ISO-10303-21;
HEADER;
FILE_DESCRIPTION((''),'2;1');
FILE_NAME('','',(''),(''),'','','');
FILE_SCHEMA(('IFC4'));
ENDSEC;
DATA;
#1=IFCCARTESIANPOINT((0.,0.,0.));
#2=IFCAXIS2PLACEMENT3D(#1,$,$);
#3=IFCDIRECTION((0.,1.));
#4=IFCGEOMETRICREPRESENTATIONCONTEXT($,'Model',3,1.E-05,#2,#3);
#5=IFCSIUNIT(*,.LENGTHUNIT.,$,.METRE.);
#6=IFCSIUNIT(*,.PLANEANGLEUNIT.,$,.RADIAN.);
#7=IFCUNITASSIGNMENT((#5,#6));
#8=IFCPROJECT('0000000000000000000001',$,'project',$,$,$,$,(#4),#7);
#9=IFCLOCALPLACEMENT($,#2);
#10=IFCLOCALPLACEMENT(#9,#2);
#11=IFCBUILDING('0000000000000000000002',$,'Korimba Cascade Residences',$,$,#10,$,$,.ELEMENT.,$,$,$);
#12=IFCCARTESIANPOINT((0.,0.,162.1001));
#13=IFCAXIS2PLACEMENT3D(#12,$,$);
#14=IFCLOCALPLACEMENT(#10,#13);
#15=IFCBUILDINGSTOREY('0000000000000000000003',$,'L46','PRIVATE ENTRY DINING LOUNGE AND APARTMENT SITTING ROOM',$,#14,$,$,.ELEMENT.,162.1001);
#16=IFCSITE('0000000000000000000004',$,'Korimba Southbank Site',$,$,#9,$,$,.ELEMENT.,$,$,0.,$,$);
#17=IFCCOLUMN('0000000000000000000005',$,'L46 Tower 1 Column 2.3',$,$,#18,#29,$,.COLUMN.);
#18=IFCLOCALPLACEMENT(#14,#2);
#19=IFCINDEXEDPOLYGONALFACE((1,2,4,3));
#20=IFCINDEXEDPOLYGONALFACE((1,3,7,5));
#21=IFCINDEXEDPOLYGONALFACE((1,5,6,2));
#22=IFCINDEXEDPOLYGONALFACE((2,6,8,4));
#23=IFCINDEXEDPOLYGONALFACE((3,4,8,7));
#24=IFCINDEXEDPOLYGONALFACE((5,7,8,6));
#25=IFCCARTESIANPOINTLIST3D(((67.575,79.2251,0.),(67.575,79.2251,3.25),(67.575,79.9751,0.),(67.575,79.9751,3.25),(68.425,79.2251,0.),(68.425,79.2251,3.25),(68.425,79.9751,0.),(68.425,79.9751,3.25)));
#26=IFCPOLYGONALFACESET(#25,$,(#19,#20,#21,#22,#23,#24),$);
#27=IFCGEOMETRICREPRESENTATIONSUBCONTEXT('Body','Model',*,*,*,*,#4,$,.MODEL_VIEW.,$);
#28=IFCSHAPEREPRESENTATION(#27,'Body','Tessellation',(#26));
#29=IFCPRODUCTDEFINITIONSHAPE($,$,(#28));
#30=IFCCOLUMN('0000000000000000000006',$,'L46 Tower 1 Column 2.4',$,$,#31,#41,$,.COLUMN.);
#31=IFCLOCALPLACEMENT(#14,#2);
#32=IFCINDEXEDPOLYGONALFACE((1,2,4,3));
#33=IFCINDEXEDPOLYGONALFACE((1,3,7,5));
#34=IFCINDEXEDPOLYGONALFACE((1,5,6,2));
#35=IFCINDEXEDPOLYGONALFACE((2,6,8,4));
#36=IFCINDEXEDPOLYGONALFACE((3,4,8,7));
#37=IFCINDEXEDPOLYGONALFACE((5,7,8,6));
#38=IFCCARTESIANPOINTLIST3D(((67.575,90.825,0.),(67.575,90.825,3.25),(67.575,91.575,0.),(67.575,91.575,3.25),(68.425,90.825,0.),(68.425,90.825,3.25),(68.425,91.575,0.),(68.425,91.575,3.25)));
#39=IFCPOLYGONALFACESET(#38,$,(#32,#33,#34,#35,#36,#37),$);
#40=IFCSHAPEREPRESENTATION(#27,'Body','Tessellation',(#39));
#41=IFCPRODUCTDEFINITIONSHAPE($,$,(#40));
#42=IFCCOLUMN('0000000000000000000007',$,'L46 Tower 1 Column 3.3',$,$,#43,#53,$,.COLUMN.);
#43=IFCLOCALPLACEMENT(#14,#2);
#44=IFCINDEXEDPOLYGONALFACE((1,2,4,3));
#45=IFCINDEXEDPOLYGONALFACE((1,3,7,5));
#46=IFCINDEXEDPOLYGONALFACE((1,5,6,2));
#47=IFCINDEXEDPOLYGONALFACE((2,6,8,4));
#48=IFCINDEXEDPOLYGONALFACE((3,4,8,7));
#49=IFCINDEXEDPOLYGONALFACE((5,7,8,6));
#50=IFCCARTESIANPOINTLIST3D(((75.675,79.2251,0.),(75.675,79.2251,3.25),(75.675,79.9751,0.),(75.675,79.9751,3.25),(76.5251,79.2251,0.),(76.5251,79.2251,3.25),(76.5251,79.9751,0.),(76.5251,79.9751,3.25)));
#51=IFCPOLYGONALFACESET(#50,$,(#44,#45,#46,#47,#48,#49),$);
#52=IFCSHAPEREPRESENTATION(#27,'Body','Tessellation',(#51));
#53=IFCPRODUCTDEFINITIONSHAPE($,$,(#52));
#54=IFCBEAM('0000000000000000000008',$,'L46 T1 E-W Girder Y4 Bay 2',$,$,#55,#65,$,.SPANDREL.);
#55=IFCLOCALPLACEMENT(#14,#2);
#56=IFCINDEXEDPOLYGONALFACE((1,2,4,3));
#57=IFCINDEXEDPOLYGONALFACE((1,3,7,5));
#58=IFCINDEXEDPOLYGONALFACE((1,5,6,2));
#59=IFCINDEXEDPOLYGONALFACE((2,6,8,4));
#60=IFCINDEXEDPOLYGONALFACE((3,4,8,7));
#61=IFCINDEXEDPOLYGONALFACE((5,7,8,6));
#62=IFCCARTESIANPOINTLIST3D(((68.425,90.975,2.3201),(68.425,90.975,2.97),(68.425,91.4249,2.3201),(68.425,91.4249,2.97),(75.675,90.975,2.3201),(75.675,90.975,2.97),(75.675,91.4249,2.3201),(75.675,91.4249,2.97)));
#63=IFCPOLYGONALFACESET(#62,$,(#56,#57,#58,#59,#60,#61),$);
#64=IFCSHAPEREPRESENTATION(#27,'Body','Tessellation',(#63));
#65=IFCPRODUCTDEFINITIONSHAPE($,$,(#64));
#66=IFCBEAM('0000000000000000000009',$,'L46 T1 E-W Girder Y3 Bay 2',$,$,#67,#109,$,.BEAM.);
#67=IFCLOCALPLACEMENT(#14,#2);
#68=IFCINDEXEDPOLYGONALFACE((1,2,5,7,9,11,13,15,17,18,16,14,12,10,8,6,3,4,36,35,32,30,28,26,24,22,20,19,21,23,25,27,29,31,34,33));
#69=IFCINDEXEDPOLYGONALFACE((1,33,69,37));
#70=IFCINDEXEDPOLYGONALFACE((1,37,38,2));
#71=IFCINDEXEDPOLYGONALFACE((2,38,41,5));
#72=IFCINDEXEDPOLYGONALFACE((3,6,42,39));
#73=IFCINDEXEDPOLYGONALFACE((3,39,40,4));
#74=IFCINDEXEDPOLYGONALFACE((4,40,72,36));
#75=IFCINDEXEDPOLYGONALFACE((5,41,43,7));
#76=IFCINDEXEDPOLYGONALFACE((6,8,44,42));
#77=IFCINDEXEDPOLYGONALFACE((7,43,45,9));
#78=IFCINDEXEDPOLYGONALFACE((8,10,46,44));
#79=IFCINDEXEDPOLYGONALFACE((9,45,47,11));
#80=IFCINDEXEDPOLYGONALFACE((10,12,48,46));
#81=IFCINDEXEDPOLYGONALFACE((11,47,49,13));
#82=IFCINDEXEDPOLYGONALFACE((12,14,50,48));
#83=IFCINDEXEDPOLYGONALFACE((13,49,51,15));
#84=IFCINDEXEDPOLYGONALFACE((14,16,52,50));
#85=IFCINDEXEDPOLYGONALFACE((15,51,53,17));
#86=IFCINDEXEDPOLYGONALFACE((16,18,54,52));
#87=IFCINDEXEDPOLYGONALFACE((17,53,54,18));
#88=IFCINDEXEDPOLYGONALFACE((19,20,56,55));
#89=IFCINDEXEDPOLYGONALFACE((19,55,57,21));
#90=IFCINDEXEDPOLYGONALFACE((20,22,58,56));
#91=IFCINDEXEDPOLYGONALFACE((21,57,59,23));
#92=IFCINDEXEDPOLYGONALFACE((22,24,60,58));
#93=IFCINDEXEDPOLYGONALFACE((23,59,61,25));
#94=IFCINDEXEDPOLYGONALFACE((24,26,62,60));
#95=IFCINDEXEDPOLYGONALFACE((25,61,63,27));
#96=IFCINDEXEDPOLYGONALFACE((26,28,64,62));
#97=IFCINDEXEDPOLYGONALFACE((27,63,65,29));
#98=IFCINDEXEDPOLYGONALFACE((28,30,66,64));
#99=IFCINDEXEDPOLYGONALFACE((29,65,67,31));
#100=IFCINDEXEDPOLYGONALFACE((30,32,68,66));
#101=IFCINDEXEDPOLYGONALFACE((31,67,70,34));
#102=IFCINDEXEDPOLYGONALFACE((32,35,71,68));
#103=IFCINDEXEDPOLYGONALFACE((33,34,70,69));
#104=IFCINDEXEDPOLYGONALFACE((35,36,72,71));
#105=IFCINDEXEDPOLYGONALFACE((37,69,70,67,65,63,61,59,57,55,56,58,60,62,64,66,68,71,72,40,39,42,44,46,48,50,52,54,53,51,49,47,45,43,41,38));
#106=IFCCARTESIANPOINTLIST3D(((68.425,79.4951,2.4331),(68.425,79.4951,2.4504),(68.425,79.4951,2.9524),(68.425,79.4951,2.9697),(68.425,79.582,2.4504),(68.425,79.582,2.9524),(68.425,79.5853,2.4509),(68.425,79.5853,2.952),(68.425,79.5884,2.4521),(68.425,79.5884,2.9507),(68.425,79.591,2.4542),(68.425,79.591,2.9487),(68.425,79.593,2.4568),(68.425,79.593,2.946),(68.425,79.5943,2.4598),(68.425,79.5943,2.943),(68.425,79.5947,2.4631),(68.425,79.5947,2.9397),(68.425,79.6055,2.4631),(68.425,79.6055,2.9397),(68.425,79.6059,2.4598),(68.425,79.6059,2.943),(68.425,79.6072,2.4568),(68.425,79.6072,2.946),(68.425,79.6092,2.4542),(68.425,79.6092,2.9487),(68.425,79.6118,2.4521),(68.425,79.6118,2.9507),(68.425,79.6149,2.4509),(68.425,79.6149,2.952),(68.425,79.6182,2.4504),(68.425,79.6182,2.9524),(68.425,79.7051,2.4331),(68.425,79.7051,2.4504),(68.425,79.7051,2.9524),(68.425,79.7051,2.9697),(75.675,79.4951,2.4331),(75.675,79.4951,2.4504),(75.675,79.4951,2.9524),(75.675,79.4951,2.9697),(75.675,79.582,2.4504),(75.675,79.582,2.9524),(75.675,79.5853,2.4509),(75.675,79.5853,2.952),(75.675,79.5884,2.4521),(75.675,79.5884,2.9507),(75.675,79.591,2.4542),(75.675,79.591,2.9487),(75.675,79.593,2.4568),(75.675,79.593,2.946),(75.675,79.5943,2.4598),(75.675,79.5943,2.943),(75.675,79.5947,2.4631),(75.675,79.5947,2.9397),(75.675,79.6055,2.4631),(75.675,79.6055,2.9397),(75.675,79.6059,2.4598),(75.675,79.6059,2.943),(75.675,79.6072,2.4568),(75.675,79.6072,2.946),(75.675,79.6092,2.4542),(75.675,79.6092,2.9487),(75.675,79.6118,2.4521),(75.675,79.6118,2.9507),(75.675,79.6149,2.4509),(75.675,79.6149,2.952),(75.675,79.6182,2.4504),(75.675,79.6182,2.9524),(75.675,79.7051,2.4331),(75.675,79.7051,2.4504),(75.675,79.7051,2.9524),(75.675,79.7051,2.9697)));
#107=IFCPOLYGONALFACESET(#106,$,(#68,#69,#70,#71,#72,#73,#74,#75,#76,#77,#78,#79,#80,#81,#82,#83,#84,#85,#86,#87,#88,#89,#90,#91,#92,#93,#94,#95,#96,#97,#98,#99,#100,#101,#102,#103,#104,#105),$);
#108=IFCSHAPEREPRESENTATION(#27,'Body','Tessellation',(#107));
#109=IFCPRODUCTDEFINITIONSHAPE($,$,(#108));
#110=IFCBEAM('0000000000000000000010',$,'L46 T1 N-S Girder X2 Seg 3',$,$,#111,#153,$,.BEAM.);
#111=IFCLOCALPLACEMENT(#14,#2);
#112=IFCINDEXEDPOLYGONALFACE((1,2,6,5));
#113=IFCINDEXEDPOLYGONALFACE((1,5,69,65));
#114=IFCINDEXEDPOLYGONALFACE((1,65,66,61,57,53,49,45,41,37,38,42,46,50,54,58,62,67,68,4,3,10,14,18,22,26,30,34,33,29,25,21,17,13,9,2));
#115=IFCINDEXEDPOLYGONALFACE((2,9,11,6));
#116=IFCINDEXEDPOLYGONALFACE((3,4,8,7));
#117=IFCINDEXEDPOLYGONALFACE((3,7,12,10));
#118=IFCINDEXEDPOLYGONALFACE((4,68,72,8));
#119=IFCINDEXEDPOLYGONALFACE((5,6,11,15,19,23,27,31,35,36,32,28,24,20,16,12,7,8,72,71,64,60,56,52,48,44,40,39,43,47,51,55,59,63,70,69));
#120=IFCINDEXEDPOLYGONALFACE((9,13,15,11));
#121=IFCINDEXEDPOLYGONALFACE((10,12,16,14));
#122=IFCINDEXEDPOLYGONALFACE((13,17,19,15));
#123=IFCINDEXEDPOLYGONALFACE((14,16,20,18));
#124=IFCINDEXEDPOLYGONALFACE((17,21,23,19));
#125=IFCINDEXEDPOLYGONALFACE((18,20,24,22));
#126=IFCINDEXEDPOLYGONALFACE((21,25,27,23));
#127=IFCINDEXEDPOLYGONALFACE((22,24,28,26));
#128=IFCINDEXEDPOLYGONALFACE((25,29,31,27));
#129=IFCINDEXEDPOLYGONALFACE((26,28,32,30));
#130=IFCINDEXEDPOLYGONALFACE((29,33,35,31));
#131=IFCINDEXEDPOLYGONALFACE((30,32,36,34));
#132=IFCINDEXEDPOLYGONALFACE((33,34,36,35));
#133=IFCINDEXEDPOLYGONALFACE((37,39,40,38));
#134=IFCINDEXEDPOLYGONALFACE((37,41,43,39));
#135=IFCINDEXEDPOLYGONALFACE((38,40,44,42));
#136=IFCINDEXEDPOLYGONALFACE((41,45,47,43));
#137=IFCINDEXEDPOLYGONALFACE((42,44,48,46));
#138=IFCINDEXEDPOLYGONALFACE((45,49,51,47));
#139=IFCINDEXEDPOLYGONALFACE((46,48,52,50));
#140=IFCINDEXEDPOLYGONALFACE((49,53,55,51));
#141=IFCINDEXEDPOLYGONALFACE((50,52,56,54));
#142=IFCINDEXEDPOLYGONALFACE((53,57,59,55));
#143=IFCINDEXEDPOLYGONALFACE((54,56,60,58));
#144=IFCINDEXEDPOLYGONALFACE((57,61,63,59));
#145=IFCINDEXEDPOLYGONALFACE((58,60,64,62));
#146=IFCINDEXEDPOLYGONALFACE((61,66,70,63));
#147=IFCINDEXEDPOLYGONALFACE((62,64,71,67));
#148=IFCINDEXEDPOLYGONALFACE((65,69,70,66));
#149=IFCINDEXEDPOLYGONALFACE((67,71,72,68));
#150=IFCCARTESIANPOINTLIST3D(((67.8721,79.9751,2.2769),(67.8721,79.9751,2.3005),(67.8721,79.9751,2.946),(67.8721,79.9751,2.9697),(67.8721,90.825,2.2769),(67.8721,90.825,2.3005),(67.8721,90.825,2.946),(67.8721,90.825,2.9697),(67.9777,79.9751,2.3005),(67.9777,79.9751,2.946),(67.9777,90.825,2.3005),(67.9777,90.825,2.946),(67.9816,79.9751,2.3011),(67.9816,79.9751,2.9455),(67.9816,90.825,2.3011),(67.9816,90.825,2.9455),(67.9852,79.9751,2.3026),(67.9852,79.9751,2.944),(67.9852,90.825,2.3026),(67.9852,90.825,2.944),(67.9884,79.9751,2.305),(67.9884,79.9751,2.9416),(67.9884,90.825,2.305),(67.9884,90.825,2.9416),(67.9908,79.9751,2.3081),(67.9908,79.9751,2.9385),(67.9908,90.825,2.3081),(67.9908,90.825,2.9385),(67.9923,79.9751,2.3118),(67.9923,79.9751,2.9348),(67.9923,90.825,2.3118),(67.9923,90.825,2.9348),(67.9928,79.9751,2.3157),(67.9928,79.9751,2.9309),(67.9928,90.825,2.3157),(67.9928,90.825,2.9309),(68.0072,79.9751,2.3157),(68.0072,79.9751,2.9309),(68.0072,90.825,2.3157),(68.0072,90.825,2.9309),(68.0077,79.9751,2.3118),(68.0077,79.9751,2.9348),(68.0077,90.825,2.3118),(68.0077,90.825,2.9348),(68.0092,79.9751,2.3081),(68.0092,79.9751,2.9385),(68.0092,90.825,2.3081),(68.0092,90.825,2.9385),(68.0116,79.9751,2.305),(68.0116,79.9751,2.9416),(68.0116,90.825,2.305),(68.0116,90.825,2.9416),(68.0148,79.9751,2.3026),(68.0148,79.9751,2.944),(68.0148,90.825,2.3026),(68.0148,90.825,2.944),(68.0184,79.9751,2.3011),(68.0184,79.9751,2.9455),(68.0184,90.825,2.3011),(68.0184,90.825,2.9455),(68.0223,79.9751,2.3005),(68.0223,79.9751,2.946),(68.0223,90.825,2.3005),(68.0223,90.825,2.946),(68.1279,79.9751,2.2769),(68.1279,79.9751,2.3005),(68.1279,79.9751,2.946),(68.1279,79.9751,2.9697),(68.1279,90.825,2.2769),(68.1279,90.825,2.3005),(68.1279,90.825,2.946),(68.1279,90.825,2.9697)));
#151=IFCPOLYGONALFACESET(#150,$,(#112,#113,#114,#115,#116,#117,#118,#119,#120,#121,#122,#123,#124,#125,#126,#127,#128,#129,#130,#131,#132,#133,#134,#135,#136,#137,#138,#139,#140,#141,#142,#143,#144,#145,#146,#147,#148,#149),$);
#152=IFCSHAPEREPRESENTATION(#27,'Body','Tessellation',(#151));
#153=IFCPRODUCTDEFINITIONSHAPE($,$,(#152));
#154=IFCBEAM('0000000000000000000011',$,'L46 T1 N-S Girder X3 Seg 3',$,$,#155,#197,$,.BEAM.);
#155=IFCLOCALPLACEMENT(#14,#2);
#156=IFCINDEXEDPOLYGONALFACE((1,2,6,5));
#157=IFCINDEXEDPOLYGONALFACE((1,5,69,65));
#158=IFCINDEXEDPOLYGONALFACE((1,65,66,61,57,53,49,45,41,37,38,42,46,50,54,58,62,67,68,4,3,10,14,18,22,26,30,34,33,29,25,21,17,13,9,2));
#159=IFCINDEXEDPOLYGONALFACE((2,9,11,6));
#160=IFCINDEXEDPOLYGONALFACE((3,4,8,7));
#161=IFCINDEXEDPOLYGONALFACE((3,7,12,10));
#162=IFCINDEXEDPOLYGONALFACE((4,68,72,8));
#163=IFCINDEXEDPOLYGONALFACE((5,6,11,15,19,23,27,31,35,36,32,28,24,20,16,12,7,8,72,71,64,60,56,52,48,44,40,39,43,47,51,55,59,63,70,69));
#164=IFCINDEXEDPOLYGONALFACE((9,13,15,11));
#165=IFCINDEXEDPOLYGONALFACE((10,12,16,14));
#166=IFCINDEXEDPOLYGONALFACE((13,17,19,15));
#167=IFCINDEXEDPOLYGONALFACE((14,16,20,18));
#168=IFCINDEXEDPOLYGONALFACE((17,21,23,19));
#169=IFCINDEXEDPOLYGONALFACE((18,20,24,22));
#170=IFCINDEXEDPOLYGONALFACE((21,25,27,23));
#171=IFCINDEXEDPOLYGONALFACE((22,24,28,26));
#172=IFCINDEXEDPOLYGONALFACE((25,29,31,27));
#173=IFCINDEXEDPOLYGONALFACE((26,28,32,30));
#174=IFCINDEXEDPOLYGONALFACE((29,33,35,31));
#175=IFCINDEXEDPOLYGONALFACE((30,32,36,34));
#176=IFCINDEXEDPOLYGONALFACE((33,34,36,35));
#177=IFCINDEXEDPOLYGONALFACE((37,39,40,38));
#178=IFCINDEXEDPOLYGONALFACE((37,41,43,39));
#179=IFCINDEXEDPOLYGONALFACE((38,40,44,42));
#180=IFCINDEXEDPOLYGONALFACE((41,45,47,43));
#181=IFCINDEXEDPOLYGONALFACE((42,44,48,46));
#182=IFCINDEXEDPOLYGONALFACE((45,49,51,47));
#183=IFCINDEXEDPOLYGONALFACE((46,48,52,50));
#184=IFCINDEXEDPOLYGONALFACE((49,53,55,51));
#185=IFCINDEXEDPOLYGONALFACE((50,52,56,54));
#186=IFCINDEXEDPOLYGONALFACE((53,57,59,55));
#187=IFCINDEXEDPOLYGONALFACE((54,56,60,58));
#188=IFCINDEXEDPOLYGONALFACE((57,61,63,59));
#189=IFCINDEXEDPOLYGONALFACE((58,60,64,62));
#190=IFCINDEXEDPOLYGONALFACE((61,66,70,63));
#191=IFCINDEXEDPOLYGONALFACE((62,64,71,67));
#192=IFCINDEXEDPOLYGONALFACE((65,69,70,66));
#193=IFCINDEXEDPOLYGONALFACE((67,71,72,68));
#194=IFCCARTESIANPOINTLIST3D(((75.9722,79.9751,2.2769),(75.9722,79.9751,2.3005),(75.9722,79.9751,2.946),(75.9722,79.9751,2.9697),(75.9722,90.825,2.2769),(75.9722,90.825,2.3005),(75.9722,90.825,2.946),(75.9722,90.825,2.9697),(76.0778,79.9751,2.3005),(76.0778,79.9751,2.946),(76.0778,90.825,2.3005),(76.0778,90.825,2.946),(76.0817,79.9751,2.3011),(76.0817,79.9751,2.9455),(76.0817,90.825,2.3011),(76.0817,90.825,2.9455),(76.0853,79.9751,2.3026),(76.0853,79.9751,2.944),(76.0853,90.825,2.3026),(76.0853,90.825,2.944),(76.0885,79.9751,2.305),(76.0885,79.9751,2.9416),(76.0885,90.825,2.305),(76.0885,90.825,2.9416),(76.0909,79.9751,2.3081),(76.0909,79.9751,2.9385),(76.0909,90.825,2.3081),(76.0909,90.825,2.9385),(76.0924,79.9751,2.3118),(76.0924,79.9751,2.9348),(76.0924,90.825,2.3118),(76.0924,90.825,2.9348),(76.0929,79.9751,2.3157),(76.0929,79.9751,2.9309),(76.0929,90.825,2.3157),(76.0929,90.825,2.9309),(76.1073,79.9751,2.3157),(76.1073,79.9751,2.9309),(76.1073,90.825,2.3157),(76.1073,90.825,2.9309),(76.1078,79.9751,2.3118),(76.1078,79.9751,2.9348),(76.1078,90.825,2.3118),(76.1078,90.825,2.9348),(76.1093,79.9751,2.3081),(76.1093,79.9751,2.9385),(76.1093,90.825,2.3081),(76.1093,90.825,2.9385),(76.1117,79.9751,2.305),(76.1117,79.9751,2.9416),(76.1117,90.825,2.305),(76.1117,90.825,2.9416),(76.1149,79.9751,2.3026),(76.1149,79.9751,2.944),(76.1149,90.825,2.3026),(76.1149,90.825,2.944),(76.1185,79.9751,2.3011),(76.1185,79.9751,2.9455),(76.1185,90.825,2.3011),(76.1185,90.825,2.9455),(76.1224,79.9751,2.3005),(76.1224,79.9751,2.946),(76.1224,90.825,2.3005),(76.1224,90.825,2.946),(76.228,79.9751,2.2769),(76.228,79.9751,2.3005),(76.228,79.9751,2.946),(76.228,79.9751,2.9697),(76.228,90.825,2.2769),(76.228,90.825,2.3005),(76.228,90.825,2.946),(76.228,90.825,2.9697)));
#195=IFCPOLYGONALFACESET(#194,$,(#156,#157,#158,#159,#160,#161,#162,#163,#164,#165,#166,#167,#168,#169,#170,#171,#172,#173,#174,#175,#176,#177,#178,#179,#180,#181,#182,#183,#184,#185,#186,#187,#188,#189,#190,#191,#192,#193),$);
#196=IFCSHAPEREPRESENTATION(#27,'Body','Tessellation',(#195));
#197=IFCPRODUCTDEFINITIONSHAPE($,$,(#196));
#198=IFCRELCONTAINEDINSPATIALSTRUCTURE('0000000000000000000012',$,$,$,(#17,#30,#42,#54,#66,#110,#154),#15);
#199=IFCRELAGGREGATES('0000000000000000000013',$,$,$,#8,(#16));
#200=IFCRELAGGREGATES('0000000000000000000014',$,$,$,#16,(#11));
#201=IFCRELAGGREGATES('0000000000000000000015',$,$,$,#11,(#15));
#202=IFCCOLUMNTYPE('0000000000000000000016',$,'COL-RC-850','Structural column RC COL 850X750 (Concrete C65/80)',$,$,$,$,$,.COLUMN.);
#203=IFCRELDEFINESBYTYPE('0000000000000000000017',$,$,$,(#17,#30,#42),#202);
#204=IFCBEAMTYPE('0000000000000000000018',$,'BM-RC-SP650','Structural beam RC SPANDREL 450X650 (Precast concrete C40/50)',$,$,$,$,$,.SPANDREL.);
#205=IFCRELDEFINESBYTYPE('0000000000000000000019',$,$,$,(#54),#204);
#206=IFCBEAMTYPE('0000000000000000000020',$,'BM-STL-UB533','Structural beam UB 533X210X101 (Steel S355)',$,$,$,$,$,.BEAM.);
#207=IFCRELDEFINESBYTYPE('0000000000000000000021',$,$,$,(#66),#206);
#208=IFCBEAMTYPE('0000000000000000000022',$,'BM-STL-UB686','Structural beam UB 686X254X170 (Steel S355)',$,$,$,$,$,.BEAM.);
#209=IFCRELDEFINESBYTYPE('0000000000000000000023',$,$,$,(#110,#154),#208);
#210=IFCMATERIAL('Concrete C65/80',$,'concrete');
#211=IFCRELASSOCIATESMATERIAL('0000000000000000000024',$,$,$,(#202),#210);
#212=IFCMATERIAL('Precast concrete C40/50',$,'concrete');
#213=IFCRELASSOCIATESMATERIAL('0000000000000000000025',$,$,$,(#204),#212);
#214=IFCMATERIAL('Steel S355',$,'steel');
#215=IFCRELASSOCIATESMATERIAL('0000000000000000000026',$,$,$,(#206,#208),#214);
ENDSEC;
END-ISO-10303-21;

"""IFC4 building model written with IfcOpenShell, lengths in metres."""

from ifc_helpers import new_model, si_unit, direction, frame, origin, origin_2d, place, context, subcontext, project, spatial, rectangle, i_section, extrude, material, material_profile, profile_set, type_object, element, save


model = new_model("IFC4")

# Units and contexts
model_context = context("Model", 3, precision=1e-05, world=origin(), true_north=direction((0.0, 1.0)))
body_context = subcontext(model_context, "Body", "Model", "MODEL_VIEW")
ifc_project = project(units=[si_unit("LENGTHUNIT", "METRE"), si_unit("PLANEANGLEUNIT", "RADIAN")], contexts=[model_context])

# Site, building, storey
site_placement = place(None, origin())
site = spatial("IfcSite", under=ifc_project, at=site_placement, Name="Korimba Southbank Site", CompositionType="ELEMENT", RefElevation=0.0)
building_placement = place(site_placement, origin())
building = spatial("IfcBuilding", under=site, at=building_placement, Name="Korimba Cascade Residences", CompositionType="ELEMENT")
storey_placement = place(building_placement, frame((0.0, 0.0, 162.1001)))
storey = spatial("IfcBuildingStorey", under=building, at=storey_placement, Name="L46", Description="PRIVATE ENTRY DINING LOUNGE AND APARTMENT SITTING ROOM", CompositionType="ELEMENT", Elevation=162.1001)

# Columns
ifc_material_1 = material(Name="Concrete C65/80", Category="concrete")
ifc_material_profile_1 = material_profile(ifc_material_1, rectangle(XDim=0.8501, YDim=0.75, at=origin_2d()), Name="Concrete C65/80")
ifc_profile_set_1 = profile_set([ifc_material_profile_1], Name="Concrete C65/80")
column_type = type_object("IfcColumnType", Name="COL-RC-850", Description="Structural column RC COL 850X750 (Concrete C65/80)", PredefinedType="COLUMN", material=ifc_profile_set_1)
for number, where, z_axis, x_axis, name in (
    (1, (68.0, 79.6001, 0.0), (0.0, 0.0, 1.0), (1.0, 0.0, 0.0), "L46 Tower 1 Column 2.3"),
    (2, (68.0, 91.2, 0.0), (0.0, 0.0, 1.0), (1.0, 0.0, 0.0), "L46 Tower 1 Column 2.4"),
    (3, (76.1001, 79.6001, 0.0), (0.0, 0.0, 1.0), (1.0, 0.0, 0.0), "L46 Tower 1 Column 3.3"),
):
    element("IfcColumn", number, at=place(storey_placement, frame(where, z_axis=z_axis, x_axis=x_axis)), inside=storey, type_object=column_type, Name=name, PredefinedType="COLUMN", context=body_context, shape_type="SweptSolid", body=[
        extrude(rectangle(XDim=0.8501, YDim=0.75, at=origin_2d()), origin(), (0.0, 0.0, 1.0), 3.25),
    ])

# Beams
ifc_material_2 = material(Name="Precast concrete C40/50", Category="concrete")
ifc_material_profile_2 = material_profile(ifc_material_2, rectangle(XDim=0.45, YDim=0.6499, at=origin_2d()), Name="Precast concrete C40/50")
ifc_profile_set_2 = profile_set([ifc_material_profile_2], Name="Precast concrete C40/50")
beam_type_1 = type_object("IfcBeamType", Name="BM-RC-SP650", Description="Structural beam RC SPANDREL 450X650 (Precast concrete C40/50)", PredefinedType="SPANDREL", material=ifc_profile_set_2)
beam_1_placement = place(storey_placement, frame((68.425, 91.2, 2.645), z_axis=(1.0, 0.0, 0.0), x_axis=(0.0, 1.0, 0.0)))
element("IfcBeam", 4, at=beam_1_placement, inside=storey, type_object=beam_type_1, Name="L46 T1 E-W Girder Y4 Bay 2", PredefinedType="SPANDREL", context=body_context, shape_type="SweptSolid", body=[
    extrude(rectangle(XDim=0.45, YDim=0.6499, at=origin_2d()), origin(), (0.0, 0.0, 1.0), 7.25),
])
ifc_material_3 = material(Name="Steel S355", Category="steel")
ifc_material_profile_3 = material_profile(ifc_material_3, i_section(OverallWidth=0.21, OverallDepth=0.5366, WebThickness=0.0107, FlangeThickness=0.0173, FilletRadius=0.0127, at=origin_2d()), Name="Steel S355")
ifc_profile_set_3 = profile_set([ifc_material_profile_3], Name="Steel S355")
beam_type_2 = type_object("IfcBeamType", Name="BM-STL-UB533", Description="Structural beam UB 533X210X101 (Steel S355)", PredefinedType="BEAM", material=ifc_profile_set_3)
beam_2_placement = place(storey_placement, frame((68.425, 79.6001, 2.7014), z_axis=(1.0, 0.0, 0.0), x_axis=(0.0, 1.0, 0.0)))
element("IfcBeam", 5, at=beam_2_placement, inside=storey, type_object=beam_type_2, Name="L46 T1 E-W Girder Y3 Bay 2", PredefinedType="BEAM", context=body_context, shape_type="SweptSolid", body=[
    extrude(i_section(OverallWidth=0.21, OverallDepth=0.5366, WebThickness=0.0107, FlangeThickness=0.0173, FilletRadius=0.0127, at=origin_2d()), origin(), (0.0, 0.0, 1.0), 7.25),
])
ifc_material_profile_4 = material_profile(ifc_material_3, i_section(OverallWidth=0.2559, OverallDepth=0.6929, WebThickness=0.0144, FlangeThickness=0.0237, FilletRadius=0.0151, at=origin_2d()), Name="Steel S355")
ifc_profile_set_4 = profile_set([ifc_material_profile_4], Name="Steel S355")
beam_type_3 = type_object("IfcBeamType", Name="BM-STL-UB686", Description="Structural beam UB 686X254X170 (Steel S355)", PredefinedType="BEAM", material=ifc_profile_set_4)
for number, where, z_axis, x_axis, name in (
    (6, (68.0, 79.9751, 2.6233), (0.0, 1.0, 0.0), (-1.0, 0.0, 0.0), "L46 T1 N-S Girder X2 Seg 3"),
    (7, (76.1001, 79.9751, 2.6233), (0.0, 1.0, 0.0), (-1.0, 0.0, 0.0), "L46 T1 N-S Girder X3 Seg 3"),
):
    element("IfcBeam", number, at=place(storey_placement, frame(where, z_axis=z_axis, x_axis=x_axis)), inside=storey, type_object=beam_type_3, Name=name, PredefinedType="BEAM", context=body_context, shape_type="SweptSolid", body=[
        extrude(i_section(OverallWidth=0.2559, OverallDepth=0.6929, WebThickness=0.0144, FlangeThickness=0.0237, FilletRadius=0.0151, at=origin_2d()), origin(), (0.0, 0.0, 1.0), 10.8499),
    ])

save(model, "model.ifc")
